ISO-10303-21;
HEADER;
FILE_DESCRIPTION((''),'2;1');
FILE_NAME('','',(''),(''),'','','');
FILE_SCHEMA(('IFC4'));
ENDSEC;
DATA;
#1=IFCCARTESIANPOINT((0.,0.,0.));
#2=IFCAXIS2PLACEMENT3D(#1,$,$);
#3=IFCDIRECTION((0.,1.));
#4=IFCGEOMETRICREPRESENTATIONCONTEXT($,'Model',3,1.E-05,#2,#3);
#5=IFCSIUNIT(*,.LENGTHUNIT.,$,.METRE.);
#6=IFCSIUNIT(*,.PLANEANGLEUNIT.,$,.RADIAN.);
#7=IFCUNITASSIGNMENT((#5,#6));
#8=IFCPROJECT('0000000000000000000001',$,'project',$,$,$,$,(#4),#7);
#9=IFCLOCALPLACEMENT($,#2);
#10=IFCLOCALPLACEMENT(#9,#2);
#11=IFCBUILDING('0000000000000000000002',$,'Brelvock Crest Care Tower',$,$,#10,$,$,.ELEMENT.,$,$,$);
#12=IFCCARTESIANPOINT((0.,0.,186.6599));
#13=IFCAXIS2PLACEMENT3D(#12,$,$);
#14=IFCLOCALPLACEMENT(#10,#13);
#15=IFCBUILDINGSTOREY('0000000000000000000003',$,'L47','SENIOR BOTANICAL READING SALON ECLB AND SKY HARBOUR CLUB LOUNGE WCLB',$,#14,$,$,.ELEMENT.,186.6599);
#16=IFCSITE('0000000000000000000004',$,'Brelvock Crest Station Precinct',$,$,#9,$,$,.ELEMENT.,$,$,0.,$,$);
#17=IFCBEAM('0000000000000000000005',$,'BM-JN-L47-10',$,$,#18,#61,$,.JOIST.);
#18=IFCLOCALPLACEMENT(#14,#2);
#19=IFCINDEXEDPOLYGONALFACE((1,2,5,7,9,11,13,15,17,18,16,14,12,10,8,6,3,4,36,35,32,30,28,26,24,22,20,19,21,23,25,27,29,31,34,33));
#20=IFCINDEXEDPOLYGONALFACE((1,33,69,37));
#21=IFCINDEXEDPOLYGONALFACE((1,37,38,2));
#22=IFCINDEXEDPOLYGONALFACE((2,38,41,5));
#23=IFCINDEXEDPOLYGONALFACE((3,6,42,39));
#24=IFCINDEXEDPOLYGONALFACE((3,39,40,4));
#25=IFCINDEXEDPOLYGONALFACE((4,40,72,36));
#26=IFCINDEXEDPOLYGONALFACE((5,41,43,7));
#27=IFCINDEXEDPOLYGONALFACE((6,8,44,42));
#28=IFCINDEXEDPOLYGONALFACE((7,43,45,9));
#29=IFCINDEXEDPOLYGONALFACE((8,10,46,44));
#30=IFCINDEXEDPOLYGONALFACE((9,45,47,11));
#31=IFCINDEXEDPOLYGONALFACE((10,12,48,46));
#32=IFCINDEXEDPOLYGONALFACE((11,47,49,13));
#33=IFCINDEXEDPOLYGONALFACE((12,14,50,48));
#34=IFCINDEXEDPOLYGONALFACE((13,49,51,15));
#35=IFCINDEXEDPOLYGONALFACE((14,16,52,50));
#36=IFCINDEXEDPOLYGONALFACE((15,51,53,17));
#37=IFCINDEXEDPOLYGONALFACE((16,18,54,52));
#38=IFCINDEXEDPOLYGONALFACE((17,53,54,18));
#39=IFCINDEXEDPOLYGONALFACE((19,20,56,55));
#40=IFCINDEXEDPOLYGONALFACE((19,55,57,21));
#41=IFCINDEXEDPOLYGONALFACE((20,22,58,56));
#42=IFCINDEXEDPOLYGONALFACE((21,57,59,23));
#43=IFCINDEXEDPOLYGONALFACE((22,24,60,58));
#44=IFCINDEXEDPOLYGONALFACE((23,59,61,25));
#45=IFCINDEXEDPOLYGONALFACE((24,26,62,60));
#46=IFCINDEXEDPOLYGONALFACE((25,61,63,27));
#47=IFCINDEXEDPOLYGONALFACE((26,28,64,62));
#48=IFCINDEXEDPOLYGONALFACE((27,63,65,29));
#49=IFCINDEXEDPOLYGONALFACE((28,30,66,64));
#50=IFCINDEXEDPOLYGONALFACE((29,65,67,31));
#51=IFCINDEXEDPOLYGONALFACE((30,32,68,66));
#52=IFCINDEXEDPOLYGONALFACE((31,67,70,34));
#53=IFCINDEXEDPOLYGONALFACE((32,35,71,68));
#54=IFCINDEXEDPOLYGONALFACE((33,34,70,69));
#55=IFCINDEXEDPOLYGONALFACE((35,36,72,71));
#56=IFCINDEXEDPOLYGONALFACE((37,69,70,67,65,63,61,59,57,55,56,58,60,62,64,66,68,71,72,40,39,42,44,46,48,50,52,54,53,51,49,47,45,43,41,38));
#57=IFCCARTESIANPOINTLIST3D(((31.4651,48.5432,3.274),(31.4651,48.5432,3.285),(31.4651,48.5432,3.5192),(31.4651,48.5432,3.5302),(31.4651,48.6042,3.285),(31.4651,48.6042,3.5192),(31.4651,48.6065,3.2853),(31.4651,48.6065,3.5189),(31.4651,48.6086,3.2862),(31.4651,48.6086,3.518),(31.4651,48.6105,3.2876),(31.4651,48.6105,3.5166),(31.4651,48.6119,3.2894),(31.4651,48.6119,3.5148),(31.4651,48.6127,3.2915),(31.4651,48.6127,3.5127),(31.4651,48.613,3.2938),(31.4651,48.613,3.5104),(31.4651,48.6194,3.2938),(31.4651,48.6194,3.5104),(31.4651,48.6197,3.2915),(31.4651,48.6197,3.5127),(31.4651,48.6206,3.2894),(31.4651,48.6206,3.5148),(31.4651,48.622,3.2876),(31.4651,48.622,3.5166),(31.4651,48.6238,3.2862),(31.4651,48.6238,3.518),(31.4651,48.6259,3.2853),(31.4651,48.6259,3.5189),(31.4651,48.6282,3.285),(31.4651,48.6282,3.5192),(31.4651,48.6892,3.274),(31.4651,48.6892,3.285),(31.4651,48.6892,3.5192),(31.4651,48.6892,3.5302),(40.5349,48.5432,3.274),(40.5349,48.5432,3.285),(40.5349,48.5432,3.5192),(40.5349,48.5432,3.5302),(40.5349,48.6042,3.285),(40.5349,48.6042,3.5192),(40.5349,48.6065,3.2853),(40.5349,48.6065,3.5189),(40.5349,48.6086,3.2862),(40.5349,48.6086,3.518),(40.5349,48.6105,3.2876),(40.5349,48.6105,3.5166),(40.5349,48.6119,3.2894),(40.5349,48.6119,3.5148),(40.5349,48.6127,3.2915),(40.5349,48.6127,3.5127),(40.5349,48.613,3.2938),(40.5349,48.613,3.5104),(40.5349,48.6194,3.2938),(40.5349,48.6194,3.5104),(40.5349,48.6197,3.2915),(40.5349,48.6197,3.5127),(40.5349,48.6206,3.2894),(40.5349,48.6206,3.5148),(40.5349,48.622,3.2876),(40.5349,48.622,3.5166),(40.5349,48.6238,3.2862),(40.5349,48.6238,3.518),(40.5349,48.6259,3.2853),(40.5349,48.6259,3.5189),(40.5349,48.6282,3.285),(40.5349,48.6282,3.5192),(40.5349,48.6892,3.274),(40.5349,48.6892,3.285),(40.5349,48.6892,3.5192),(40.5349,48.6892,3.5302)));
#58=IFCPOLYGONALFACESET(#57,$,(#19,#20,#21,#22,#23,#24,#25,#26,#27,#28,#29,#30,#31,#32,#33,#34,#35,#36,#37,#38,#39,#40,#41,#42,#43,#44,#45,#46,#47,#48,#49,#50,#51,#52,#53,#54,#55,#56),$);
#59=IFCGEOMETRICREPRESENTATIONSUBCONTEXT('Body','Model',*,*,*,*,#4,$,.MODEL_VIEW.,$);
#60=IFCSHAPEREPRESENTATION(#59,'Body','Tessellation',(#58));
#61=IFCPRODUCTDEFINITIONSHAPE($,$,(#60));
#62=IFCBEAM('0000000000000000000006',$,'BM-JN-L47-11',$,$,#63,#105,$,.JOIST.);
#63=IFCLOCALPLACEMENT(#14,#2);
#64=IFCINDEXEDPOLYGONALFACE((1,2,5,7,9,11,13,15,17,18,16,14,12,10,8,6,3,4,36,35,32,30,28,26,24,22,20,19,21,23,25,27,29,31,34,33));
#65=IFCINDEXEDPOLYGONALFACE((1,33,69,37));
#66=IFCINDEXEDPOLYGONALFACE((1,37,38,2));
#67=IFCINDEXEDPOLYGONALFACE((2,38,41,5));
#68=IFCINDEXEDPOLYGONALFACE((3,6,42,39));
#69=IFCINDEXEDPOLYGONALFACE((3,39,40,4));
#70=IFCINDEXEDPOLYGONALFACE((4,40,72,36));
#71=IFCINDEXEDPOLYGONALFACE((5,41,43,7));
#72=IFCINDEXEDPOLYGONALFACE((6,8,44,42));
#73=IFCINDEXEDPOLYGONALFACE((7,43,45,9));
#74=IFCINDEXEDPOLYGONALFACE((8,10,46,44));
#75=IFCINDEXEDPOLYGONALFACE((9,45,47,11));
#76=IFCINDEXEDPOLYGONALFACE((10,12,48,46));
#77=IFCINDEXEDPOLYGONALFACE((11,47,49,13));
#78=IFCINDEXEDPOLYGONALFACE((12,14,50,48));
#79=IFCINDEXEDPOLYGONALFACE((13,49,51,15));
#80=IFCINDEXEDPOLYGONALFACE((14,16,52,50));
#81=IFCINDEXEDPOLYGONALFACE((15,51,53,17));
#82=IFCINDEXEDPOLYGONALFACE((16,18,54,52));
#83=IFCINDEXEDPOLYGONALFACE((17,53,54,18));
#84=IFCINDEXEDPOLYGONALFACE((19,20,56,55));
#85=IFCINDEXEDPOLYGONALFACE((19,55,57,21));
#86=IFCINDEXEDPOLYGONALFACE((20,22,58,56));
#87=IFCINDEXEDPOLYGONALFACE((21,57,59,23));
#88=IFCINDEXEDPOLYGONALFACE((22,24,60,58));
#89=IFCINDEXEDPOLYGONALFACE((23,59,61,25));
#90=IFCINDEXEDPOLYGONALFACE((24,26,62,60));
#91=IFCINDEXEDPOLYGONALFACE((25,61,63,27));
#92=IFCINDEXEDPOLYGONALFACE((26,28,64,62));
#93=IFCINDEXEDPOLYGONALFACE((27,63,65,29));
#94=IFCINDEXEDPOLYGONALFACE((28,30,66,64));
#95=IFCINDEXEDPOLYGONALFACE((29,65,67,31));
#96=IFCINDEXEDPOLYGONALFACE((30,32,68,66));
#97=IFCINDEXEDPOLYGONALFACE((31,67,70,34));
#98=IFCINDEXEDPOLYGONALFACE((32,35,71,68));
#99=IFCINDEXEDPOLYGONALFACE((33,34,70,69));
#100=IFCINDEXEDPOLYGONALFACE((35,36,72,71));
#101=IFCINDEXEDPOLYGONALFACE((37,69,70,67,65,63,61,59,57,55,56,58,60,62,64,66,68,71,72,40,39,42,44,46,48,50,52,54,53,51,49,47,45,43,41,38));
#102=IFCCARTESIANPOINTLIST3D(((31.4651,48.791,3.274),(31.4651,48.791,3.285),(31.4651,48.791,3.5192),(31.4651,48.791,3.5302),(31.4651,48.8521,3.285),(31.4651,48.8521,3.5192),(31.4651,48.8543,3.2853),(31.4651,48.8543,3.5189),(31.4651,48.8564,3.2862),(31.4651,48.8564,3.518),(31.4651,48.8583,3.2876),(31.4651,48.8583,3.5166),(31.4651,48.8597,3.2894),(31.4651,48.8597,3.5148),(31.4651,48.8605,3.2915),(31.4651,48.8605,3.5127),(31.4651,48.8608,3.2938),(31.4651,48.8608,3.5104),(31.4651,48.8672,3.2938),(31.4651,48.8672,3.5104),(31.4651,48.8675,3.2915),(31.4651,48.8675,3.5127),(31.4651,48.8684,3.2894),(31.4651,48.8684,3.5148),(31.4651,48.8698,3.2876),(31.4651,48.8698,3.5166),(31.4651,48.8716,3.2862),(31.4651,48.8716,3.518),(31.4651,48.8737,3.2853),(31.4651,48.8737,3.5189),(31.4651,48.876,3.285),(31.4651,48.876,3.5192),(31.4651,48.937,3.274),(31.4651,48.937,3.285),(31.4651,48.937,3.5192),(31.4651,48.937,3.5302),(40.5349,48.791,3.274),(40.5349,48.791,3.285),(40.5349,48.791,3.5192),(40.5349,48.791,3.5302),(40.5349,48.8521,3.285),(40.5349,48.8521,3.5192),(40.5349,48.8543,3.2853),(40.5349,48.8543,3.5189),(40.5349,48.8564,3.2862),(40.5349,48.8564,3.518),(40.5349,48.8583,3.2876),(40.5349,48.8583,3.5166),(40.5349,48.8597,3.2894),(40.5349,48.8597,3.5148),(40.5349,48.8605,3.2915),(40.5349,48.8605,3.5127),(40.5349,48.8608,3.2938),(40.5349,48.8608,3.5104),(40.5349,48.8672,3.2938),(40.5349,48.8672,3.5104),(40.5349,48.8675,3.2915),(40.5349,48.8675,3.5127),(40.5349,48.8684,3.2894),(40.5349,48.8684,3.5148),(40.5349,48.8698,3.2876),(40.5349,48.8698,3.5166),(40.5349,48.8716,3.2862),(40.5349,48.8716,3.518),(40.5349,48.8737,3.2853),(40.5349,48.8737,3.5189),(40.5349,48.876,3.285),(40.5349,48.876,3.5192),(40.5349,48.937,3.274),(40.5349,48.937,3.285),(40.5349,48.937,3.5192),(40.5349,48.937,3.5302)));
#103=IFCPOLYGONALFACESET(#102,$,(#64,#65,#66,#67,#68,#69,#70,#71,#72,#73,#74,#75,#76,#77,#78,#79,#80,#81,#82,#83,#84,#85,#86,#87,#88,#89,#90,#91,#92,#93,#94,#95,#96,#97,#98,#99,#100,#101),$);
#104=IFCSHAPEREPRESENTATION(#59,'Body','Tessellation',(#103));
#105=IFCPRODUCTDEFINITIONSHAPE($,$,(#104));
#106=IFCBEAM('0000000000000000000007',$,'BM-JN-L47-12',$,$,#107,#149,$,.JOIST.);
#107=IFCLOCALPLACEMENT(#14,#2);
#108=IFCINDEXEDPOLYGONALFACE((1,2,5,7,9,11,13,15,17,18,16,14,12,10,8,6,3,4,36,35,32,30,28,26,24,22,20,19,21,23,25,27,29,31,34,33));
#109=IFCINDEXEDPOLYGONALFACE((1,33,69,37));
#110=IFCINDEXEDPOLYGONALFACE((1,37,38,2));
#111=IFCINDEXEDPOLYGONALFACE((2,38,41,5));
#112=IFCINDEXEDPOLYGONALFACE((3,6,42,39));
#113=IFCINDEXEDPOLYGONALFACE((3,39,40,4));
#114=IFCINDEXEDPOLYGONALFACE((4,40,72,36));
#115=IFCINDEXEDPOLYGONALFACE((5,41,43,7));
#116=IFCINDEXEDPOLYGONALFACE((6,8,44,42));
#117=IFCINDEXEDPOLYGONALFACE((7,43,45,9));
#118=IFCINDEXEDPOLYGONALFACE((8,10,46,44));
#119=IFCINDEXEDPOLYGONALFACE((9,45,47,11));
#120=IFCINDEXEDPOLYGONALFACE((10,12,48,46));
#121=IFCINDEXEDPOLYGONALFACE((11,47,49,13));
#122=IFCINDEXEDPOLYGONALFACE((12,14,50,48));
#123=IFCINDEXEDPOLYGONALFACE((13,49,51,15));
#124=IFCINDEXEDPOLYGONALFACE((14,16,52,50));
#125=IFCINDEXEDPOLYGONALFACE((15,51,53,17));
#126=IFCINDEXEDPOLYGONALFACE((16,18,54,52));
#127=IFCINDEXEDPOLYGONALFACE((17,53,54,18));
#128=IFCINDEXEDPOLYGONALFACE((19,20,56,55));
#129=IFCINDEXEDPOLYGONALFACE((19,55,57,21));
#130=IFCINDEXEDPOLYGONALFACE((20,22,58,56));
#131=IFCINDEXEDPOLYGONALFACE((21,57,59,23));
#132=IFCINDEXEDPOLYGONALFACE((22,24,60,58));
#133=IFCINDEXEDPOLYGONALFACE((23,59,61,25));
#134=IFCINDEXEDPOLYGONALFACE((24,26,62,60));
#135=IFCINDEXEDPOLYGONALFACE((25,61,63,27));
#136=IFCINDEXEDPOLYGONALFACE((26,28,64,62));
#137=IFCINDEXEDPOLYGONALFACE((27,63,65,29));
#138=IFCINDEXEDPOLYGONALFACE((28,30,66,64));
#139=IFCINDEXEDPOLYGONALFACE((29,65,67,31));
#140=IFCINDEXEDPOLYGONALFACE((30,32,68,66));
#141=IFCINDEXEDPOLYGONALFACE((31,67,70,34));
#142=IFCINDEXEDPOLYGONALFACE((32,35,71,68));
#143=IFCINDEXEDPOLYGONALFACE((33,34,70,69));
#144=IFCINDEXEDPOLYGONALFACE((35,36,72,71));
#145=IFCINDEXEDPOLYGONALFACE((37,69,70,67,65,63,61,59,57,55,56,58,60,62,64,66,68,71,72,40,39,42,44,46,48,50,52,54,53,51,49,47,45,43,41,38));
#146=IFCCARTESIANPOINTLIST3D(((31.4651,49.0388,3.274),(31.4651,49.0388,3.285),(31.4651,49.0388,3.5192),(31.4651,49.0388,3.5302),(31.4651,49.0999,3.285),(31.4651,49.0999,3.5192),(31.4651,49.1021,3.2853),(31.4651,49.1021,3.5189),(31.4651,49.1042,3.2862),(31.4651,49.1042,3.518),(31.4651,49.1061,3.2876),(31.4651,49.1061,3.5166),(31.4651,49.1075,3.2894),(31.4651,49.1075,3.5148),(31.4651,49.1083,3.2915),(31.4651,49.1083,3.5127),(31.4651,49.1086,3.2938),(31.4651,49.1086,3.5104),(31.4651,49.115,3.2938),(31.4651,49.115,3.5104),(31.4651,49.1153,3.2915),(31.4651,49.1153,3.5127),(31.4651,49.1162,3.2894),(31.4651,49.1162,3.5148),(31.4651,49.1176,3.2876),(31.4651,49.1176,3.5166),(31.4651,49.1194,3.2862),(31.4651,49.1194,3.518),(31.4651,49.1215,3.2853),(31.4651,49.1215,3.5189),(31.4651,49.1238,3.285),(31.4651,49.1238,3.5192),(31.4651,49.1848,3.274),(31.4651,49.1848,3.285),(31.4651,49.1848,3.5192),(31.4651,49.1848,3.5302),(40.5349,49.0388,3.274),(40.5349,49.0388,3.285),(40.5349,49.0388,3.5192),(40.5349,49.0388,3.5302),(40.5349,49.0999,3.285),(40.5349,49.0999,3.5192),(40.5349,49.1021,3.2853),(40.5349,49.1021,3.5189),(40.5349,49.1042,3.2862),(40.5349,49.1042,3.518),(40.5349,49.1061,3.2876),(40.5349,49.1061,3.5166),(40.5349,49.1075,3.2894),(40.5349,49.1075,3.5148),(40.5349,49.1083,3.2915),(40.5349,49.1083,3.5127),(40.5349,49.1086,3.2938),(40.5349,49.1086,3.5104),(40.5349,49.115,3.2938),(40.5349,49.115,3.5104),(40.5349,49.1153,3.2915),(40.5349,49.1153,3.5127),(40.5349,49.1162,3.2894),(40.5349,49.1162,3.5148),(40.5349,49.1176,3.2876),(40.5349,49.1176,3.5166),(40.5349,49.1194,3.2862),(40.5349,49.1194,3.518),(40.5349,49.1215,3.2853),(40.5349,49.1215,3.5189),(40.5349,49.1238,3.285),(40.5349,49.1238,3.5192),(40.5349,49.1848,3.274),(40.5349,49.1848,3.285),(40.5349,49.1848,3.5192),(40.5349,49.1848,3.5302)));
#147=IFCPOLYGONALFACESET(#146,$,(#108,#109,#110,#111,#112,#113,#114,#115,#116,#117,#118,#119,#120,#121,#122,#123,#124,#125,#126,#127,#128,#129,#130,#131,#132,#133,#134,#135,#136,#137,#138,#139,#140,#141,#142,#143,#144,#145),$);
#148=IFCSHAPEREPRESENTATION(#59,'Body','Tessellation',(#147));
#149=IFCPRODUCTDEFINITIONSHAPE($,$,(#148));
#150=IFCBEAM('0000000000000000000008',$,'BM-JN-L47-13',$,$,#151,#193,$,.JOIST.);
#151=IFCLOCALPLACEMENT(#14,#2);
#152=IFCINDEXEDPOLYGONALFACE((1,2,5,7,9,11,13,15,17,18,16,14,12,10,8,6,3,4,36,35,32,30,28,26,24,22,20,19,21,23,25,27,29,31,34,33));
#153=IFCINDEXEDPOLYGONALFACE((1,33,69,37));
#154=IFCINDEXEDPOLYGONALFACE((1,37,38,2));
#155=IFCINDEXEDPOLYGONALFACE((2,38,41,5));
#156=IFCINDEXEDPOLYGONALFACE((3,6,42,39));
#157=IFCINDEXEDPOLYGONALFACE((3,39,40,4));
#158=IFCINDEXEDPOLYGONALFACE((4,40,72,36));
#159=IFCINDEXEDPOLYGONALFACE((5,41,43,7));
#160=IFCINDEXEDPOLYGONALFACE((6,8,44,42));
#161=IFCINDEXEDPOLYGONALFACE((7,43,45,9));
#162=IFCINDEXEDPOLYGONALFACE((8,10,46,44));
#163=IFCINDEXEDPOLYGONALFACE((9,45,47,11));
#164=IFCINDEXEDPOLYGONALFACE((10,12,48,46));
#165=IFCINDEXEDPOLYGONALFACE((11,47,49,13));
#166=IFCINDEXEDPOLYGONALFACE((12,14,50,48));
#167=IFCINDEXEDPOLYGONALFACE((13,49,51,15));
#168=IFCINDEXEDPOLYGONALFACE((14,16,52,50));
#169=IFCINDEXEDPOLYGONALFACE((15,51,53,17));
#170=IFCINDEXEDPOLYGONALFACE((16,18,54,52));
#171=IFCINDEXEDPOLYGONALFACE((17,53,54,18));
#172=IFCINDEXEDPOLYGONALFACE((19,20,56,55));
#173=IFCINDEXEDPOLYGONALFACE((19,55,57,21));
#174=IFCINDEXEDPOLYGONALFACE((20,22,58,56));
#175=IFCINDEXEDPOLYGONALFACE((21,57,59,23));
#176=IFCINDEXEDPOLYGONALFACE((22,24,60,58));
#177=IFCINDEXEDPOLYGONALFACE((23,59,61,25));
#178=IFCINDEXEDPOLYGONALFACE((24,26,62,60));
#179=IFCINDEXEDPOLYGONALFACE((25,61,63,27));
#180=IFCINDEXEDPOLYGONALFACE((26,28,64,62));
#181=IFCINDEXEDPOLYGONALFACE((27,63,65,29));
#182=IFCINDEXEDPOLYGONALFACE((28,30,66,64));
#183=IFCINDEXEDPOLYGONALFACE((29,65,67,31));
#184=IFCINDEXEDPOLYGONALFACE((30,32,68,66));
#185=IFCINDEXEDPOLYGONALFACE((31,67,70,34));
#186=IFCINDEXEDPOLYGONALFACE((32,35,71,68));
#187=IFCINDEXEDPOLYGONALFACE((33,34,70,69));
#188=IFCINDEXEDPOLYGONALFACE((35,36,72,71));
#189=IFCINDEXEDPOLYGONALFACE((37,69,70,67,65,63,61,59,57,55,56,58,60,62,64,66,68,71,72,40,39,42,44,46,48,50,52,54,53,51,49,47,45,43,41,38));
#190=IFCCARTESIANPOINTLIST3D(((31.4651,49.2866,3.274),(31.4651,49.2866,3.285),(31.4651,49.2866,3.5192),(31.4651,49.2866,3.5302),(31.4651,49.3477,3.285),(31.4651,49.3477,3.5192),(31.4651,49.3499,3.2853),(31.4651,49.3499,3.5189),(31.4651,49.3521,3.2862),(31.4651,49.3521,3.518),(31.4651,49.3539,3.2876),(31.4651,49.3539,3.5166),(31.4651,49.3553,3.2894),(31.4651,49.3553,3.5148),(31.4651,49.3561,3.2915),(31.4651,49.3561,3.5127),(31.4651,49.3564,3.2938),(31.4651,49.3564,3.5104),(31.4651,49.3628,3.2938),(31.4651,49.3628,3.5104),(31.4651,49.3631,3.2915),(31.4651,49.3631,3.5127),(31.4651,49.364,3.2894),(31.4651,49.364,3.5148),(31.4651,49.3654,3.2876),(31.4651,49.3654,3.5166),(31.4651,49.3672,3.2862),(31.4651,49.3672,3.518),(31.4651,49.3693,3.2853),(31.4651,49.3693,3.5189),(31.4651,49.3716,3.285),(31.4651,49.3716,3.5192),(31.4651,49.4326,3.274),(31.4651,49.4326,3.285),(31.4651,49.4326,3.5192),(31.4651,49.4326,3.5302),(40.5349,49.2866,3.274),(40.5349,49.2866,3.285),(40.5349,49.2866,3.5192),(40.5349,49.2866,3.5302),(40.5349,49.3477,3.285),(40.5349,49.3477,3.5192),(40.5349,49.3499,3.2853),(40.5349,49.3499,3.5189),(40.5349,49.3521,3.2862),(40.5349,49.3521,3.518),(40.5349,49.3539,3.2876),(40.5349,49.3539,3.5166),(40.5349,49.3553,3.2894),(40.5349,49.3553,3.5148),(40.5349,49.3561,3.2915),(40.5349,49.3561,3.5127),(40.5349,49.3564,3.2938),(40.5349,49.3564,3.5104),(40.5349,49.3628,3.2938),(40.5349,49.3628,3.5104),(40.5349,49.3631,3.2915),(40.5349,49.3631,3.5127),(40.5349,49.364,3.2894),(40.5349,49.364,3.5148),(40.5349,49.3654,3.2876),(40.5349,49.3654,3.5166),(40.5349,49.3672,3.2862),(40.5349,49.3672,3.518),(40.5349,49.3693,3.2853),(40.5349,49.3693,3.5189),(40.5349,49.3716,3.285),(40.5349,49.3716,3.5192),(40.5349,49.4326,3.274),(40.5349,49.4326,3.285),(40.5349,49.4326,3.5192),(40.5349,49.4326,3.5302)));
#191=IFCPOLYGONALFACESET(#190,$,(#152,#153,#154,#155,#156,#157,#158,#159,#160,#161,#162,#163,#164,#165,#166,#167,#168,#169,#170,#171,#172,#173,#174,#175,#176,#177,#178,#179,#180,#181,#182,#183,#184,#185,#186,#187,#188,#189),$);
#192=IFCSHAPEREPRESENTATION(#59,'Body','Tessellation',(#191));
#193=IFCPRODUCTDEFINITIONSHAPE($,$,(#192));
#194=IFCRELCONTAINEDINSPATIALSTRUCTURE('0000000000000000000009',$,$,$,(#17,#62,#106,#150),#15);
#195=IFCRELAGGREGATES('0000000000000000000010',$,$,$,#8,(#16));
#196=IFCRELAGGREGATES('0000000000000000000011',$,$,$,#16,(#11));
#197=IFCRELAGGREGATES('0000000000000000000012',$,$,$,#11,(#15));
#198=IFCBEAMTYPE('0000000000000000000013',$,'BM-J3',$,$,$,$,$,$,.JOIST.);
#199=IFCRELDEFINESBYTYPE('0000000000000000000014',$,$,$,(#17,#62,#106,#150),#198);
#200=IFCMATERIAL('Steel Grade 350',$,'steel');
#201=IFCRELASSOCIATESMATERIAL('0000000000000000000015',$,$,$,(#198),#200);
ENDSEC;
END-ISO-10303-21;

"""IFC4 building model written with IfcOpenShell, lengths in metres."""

from ifc_helpers import new_model, si_unit, direction, frame, origin, origin_2d, place, context, subcontext, project, spatial, i_section, extrude, source, transform, mapped, material, material_profile, profile_set, type_object, element, save


model = new_model("IFC4")

# Units and contexts
model_context = context("Model", 3, precision=1e-05, world=origin(), true_north=direction((0.0, 1.0)))
body_context = subcontext(model_context, "Body", "Model", "MODEL_VIEW")
ifc_project = project(units=[si_unit("LENGTHUNIT", "METRE"), si_unit("PLANEANGLEUNIT", "RADIAN")], contexts=[model_context])

# Site, building, storey
site_placement = place(None, origin())
site = spatial("IfcSite", under=ifc_project, at=site_placement, Name="Brelvock Crest Station Precinct", CompositionType="ELEMENT", RefElevation=0.0)
building_placement = place(site_placement, origin())
building = spatial("IfcBuilding", under=site, at=building_placement, Name="Brelvock Crest Care Tower", CompositionType="ELEMENT")
storey_placement = place(building_placement, frame((0.0, 0.0, 186.6599)))
storey = spatial("IfcBuildingStorey", under=building, at=storey_placement, Name="L47", Description="SENIOR BOTANICAL READING SALON ECLB AND SKY HARBOUR CLUB LOUNGE WCLB", CompositionType="ELEMENT", Elevation=186.6599)

# Shared definitions
ifc_material_1 = material(Name="Steel Grade 350", Category="steel")

# Beams
ifc_material_profile_1 = material_profile(ifc_material_1, i_section(OverallWidth=0.146, OverallDepth=0.2561, WebThickness=0.0063, FlangeThickness=0.011, FilletRadius=0.0088, at=origin_2d()), Name="250UB37.3")
ifc_profile_set_1 = profile_set([ifc_material_profile_1], Name="Steel Grade 350")
beam_type_1 = type_object("IfcBeamType", Name="BM-J3", PredefinedType="JOIST", material=ifc_profile_set_1)
shared_shape_1 = source(origin(), body_context, "Body", "SweptSolid", [
    extrude(i_section(OverallWidth=0.146, OverallDepth=0.2561, WebThickness=0.0063, FlangeThickness=0.011, FilletRadius=0.0088, at=origin_2d()), origin(), (0.0, 0.0, 1.0), 9.0698),
])
for number, where, z_axis, x_axis, name in (
    (1, (31.4651, 48.6162, 3.4021), (1.0, 0.0, 0.0), (0.0, 1.0, 0.0), "BM-JN-L47-10"),
    (2, (31.4651, 48.864, 3.4021), (1.0, 0.0, 0.0), (0.0, 1.0, 0.0), "BM-JN-L47-11"),
    (3, (31.4651, 49.1118, 3.4021), (1.0, 0.0, 0.0), (0.0, 1.0, 0.0), "BM-JN-L47-12"),
    (4, (31.4651, 49.3596, 3.4021), (1.0, 0.0, 0.0), (0.0, 1.0, 0.0), "BM-JN-L47-13"),
):
    element("IfcBeam", number, at=place(storey_placement, frame(where, z_axis=z_axis, x_axis=x_axis)), inside=storey, type_object=beam_type_1, Name=name, PredefinedType="JOIST", context=body_context, shape_type="MappedRepresentation", body=[
        mapped(shared_shape_1, transform((0.0, 0.0, 0.0), x_axis=(1.0, 0.0, 0.0), y_axis=(0.0, 1.0, 0.0), z_axis=(0.0, 0.0, 1.0), scale=1.0)),
    ])

save(model, "model.ifc")
